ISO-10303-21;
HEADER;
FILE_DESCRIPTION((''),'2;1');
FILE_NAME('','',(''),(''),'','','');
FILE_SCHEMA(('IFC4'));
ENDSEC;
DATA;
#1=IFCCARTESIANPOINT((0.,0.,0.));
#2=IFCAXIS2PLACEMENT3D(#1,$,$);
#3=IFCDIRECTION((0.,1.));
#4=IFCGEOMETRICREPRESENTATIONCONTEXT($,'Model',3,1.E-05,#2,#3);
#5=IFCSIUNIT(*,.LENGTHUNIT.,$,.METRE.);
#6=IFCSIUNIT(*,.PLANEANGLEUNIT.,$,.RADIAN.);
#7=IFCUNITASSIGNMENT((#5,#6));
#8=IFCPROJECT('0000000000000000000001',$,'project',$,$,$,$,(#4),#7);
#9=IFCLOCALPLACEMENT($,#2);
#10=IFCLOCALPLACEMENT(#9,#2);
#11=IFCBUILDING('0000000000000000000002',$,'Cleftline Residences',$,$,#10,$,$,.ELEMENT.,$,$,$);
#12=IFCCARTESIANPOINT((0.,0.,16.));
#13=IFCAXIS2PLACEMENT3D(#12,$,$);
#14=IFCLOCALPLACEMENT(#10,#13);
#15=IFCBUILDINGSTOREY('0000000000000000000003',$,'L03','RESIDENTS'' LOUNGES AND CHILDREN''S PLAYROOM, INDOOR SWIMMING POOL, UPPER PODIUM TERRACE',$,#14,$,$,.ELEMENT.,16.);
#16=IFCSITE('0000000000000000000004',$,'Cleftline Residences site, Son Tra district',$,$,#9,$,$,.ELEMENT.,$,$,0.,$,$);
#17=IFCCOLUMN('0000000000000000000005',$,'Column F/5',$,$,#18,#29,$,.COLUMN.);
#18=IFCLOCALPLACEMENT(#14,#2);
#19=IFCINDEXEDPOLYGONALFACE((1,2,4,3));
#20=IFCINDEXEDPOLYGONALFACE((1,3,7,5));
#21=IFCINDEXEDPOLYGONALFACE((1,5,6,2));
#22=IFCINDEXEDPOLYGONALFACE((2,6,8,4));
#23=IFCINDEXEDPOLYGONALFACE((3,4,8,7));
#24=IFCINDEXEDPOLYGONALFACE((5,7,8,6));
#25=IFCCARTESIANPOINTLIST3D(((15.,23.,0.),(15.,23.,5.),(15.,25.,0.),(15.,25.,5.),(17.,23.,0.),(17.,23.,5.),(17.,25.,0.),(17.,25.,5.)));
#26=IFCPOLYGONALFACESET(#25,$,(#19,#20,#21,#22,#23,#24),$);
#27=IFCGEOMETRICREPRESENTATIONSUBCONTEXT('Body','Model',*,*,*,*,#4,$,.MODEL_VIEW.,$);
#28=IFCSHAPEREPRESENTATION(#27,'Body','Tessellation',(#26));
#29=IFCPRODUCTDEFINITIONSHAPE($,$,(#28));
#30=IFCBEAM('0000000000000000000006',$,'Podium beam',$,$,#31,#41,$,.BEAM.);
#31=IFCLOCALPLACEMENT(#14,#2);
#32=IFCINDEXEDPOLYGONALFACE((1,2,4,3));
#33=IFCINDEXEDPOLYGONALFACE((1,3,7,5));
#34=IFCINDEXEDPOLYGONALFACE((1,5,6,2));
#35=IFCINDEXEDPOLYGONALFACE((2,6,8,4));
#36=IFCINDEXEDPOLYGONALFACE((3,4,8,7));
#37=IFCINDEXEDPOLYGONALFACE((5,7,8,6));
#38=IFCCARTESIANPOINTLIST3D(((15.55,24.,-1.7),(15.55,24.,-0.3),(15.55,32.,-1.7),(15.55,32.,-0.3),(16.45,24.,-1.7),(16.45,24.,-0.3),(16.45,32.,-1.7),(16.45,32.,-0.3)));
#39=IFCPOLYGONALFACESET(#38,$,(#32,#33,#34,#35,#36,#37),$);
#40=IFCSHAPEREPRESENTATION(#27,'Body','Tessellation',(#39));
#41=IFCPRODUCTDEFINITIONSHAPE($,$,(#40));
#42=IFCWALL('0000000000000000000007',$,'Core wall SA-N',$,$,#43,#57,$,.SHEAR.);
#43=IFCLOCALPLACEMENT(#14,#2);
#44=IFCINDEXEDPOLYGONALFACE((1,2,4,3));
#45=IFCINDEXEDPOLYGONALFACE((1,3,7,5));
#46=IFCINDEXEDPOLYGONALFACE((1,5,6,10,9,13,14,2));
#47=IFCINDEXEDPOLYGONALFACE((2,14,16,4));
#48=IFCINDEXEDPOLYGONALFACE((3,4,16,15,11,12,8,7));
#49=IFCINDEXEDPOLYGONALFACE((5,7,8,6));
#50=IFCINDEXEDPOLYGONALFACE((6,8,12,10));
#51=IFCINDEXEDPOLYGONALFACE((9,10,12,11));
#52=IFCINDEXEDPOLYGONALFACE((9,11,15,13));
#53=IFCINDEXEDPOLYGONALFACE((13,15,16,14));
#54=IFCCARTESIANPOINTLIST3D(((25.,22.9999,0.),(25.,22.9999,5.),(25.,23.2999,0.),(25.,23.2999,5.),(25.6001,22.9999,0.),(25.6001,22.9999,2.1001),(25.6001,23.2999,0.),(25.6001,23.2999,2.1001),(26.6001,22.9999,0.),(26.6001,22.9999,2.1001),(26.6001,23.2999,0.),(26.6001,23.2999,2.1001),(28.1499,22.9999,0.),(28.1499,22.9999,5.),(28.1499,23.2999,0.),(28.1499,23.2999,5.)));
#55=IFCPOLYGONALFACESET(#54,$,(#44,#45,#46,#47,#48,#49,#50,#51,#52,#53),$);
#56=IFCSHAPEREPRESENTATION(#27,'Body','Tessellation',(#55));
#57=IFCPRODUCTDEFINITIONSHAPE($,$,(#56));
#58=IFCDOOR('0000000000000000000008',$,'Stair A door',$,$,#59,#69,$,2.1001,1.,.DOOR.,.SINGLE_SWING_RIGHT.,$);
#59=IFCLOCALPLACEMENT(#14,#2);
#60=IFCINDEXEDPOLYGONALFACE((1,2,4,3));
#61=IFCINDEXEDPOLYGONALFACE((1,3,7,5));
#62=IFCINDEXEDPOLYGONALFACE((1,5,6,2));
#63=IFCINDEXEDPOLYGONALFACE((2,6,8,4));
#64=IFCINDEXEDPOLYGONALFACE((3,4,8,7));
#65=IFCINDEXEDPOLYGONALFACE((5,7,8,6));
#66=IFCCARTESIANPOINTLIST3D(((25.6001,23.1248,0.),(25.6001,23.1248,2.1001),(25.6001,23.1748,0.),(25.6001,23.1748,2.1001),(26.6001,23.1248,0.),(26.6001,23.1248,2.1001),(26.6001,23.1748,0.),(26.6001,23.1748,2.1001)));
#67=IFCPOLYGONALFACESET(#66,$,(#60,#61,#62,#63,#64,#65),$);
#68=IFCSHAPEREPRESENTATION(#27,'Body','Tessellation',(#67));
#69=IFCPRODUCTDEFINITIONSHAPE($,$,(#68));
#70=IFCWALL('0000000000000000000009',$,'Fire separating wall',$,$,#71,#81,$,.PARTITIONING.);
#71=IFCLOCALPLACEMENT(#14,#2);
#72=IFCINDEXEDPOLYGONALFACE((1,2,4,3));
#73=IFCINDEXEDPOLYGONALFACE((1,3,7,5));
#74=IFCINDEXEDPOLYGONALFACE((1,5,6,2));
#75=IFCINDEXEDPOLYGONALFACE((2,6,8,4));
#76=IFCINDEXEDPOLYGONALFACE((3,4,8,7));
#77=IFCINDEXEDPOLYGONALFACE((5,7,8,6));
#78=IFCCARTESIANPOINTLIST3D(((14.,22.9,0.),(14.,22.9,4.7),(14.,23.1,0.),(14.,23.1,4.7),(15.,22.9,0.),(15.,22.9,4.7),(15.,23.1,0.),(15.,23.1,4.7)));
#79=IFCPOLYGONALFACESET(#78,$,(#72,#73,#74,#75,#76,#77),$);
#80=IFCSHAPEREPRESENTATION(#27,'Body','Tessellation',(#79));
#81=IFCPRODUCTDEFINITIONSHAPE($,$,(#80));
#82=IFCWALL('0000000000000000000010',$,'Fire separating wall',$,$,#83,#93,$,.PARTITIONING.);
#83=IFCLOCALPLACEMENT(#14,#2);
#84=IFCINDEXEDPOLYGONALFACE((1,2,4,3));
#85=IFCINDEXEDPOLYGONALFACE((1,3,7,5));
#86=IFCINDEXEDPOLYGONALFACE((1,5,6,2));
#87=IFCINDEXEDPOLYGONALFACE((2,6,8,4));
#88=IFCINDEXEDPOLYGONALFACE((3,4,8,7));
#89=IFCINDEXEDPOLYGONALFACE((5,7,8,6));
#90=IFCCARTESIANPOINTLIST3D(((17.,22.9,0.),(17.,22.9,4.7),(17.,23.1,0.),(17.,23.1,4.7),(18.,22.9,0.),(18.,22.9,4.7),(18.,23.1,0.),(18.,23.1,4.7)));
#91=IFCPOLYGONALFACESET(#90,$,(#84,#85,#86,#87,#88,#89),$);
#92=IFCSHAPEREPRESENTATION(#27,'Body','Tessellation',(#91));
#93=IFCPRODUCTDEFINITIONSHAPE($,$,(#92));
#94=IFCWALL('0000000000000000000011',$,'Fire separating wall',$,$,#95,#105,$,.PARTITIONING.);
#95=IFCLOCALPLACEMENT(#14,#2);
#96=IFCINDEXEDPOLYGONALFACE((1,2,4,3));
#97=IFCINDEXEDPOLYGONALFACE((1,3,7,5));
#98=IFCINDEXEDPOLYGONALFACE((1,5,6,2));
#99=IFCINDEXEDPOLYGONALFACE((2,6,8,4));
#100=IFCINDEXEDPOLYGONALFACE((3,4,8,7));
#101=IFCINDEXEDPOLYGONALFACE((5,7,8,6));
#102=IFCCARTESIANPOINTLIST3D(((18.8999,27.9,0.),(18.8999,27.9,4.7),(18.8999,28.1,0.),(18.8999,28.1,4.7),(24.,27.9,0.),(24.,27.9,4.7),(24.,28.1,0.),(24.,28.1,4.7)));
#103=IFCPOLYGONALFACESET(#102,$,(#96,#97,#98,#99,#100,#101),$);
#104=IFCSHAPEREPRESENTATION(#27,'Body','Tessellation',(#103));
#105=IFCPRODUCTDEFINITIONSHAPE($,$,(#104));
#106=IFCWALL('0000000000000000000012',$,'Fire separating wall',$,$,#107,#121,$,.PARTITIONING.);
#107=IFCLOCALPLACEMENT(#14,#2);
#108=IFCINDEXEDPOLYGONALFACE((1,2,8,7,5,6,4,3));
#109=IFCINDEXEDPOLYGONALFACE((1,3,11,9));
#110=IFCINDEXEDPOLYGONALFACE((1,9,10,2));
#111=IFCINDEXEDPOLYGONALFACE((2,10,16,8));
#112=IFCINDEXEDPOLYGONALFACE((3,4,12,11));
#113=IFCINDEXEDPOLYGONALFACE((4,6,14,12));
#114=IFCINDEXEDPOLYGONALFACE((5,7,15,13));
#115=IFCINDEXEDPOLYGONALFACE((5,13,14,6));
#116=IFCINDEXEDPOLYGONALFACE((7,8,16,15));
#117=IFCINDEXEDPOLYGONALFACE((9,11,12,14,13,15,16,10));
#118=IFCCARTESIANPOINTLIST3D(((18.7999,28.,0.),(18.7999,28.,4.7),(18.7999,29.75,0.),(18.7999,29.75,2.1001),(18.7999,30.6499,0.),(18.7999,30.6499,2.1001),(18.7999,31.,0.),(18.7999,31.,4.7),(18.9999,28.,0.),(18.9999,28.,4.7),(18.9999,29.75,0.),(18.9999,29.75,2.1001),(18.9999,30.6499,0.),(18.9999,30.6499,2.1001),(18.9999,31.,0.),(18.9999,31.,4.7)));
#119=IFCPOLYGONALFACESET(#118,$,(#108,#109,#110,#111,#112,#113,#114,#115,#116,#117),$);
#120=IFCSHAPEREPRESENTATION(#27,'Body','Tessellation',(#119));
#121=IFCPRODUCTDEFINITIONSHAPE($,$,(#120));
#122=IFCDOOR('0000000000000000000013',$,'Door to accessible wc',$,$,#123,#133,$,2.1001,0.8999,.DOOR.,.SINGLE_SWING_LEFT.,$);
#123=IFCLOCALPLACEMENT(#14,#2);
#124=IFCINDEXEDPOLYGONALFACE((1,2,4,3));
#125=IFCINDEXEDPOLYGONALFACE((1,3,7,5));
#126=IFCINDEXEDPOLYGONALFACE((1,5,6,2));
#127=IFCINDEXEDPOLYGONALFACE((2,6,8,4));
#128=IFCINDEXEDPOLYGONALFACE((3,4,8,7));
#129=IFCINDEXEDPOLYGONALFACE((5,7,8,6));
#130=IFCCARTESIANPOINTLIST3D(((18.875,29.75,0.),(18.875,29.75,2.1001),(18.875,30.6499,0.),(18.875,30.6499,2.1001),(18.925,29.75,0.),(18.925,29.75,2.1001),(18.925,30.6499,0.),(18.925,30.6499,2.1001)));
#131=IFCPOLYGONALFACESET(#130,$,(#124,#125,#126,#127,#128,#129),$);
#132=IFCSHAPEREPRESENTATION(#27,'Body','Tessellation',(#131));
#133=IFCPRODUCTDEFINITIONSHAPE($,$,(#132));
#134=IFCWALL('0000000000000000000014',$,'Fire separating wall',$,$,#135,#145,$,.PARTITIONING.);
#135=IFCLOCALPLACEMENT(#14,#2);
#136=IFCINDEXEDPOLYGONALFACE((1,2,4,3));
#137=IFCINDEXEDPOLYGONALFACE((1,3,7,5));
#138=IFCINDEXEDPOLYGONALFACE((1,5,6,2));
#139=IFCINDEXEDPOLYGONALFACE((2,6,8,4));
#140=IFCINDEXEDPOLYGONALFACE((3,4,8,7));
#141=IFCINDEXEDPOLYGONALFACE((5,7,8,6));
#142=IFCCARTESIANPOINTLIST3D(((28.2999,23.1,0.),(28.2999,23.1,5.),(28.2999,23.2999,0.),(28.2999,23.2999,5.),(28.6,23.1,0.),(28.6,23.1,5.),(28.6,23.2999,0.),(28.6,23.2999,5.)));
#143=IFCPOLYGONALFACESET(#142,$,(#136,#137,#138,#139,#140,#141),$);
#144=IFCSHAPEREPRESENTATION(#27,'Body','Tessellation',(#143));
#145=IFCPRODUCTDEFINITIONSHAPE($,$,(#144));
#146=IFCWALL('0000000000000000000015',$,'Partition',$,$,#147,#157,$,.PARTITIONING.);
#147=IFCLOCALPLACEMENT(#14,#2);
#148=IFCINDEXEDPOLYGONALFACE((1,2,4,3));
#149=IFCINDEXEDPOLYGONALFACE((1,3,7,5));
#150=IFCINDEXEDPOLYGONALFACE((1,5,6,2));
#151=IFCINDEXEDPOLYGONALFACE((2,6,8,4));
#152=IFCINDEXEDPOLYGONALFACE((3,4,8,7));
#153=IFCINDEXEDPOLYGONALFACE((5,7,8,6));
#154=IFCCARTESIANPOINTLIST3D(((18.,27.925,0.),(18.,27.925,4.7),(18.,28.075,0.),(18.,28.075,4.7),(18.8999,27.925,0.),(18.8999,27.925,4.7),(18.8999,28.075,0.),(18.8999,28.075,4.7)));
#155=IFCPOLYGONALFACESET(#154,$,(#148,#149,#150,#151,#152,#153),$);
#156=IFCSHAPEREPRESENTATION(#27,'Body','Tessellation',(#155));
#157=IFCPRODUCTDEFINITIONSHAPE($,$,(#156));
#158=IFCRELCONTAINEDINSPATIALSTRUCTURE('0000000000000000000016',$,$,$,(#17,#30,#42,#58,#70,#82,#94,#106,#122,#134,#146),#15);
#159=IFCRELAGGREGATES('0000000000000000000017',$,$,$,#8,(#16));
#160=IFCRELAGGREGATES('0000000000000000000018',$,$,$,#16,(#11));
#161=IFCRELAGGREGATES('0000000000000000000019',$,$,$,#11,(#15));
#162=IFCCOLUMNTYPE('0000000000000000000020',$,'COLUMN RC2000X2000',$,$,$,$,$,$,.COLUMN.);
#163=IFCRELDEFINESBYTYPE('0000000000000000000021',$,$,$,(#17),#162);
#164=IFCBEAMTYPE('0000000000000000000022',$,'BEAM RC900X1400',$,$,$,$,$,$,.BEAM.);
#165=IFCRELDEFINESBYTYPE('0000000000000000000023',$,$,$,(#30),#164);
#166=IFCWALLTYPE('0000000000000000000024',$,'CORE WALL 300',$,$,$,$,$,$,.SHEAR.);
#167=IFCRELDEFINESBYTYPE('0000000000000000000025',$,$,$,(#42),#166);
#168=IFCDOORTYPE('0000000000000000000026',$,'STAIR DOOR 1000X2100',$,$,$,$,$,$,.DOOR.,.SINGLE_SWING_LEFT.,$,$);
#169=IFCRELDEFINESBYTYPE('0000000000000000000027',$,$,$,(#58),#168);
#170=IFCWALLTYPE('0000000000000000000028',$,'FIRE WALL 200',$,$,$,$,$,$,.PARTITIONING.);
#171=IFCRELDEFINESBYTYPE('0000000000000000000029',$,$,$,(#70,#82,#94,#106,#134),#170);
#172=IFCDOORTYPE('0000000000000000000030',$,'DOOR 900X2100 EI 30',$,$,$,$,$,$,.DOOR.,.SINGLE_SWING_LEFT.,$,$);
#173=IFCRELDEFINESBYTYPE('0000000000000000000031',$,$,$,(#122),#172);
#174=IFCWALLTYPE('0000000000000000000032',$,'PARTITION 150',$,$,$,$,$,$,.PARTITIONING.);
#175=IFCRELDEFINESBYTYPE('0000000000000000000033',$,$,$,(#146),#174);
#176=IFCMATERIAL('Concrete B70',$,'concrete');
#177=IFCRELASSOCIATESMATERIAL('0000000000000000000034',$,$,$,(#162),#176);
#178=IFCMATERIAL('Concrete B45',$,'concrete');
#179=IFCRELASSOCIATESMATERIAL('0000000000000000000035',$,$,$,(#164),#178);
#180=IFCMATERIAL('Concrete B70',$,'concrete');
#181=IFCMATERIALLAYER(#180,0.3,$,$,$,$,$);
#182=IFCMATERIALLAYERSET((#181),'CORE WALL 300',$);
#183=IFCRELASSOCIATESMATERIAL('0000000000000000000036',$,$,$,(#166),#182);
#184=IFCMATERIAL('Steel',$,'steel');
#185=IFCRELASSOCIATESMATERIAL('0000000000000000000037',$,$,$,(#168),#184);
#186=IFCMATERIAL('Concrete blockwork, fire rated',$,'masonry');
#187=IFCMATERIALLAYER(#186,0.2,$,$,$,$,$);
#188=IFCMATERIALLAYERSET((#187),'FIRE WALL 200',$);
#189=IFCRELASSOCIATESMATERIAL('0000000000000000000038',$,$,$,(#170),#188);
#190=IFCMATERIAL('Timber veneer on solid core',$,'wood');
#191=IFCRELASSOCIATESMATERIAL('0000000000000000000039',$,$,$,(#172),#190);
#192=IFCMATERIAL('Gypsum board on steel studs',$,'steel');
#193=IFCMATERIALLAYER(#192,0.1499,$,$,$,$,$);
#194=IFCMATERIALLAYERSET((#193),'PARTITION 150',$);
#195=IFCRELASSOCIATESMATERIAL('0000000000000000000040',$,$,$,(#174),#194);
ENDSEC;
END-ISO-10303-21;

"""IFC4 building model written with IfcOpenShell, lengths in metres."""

from ifc_helpers import new_model, si_unit, direction, frame, frame_2d, origin, origin_2d, place, context, subcontext, project, spatial, rectangle, extrude, material, layer, layer_set, material_profile, profile_set, type_object, element, fill, save


model = new_model("IFC4")

# Units and contexts
model_context = context("Model", 3, precision=1e-05, world=origin(), true_north=direction((0.0, 1.0)))
body_context = subcontext(model_context, "Body", "Model", "MODEL_VIEW")
ifc_project = project(units=[si_unit("LENGTHUNIT", "METRE"), si_unit("PLANEANGLEUNIT", "RADIAN")], contexts=[model_context])

# Site, building, storey
site_placement = place(None, origin())
site = spatial("IfcSite", under=ifc_project, at=site_placement, Name="Cleftline Residences site, Son Tra district", CompositionType="ELEMENT", RefElevation=0.0)
building_placement = place(site_placement, origin())
building = spatial("IfcBuilding", under=site, at=building_placement, Name="Cleftline Residences", CompositionType="ELEMENT")
storey_placement = place(building_placement, frame((0.0, 0.0, 16.0)))
storey = spatial("IfcBuildingStorey", under=building, at=storey_placement, Name="L03", Description="RESIDENTS' LOUNGES AND CHILDREN'S PLAYROOM, INDOOR SWIMMING POOL, UPPER PODIUM TERRACE", CompositionType="ELEMENT", Elevation=16.0)

# Column
ifc_material_1 = material(Name="Concrete B70", Category="concrete")
ifc_material_profile_1 = material_profile(ifc_material_1, rectangle(XDim=2.0, YDim=2.0, at=origin_2d()))
ifc_profile_set_1 = profile_set([ifc_material_profile_1], Name="Concrete B70")
column_type = type_object("IfcColumnType", Name="COLUMN RC2000X2000", PredefinedType="COLUMN", material=ifc_profile_set_1)
column_placement = place(storey_placement, frame((16.0, 24.0, 0.0), z_axis=(0.0, 0.0, 1.0), x_axis=(1.0, 0.0, 0.0)))
element("IfcColumn", 1, at=column_placement, inside=storey, type_object=column_type, Name="Column F/5", PredefinedType="COLUMN", context=body_context, shape_type="SweptSolid", body=[
    extrude(rectangle(XDim=2.0, YDim=2.0, at=origin_2d()), origin(), (0.0, 0.0, 1.0), 5.0),
])

# Beam
ifc_material_2 = material(Name="Concrete B45", Category="concrete")
ifc_material_profile_2 = material_profile(ifc_material_2, rectangle(XDim=0.8999, YDim=1.3999, at=origin_2d()))
ifc_profile_set_2 = profile_set([ifc_material_profile_2], Name="Concrete B45")
beam_type = type_object("IfcBeamType", Name="BEAM RC900X1400", PredefinedType="BEAM", material=ifc_profile_set_2)
beam_placement = place(storey_placement, frame((16.0, 24.0, -1.0), z_axis=(0.0, 1.0, 0.0), x_axis=(-1.0, 0.0, 0.0)))
element("IfcBeam", 2, at=beam_placement, inside=storey, type_object=beam_type, Name="Podium beam", PredefinedType="BEAM", context=body_context, shape_type="SweptSolid", body=[
    extrude(rectangle(XDim=0.8999, YDim=1.3999, at=origin_2d()), origin(), (0.0, 0.0, 1.0), 8.0),
])

# Wall, opening, door
ifc_material_3 = material(Name="Concrete B70", Category="concrete")
ifc_layer_1 = layer(ifc_material_3, 0.3)
ifc_layer_set_1 = layer_set([ifc_layer_1], Name="CORE WALL 300")
wall_type_1 = type_object("IfcWallType", Name="CORE WALL 300", PredefinedType="SHEAR", material=ifc_layer_set_1)
wall_1_placement = place(storey_placement, frame((25.0, 23.1499, 0.0), z_axis=(0.0, 0.0, 1.0), x_axis=(1.0, 0.0, 0.0)))
wall_1 = element("IfcWall", 3, at=wall_1_placement, inside=storey, type_object=wall_type_1, Name="Core wall SA-N", PredefinedType="SHEAR", context=body_context, shape_type="SweptSolid", body=[
    extrude(rectangle(XDim=3.1499, YDim=0.3, at=frame_2d((1.575, 0.0))), origin(), (0.0, 0.0, 1.0), 5.0),
])
opening_1_placement = place(wall_1_placement, frame((0.6001, 0.0, 0.0)))
opening_1 = element("IfcOpeningElement", 4, at=opening_1_placement, cuts=wall_1, PredefinedType="OPENING", context=body_context, shape_type="SweptSolid", body=[
    extrude(rectangle(XDim=1.0, YDim=2.1001, at=frame_2d((0.5, 1.05))), frame((0.0, 0.1599, 0.0), z_axis=(0.0, -1.0, 0.0), x_axis=(1.0, 0.0, 0.0)), (0.0, 0.0, 1.0), 0.3201),
])
ifc_material_4 = material(Name="Steel", Category="steel")
door_type_1 = type_object("IfcDoorType", Name="STAIR DOOR 1000X2100", OperationType="SINGLE_SWING_LEFT", PredefinedType="DOOR", material=ifc_material_4)
door_1_placement = place(opening_1_placement, origin())
door_1 = element("IfcDoor", 5, at=door_1_placement, inside=storey, type_object=door_type_1, Name="Stair A door", OperationType="SINGLE_SWING_RIGHT", OverallHeight=2.1001, OverallWidth=1.0, PredefinedType="DOOR", context=body_context, shape_type="SweptSolid", body=[
    extrude(rectangle(XDim=1.0, YDim=2.1001, at=frame_2d((0.5, 1.05))), frame((0.0, 0.0249, 0.0), z_axis=(0.0, -1.0, 0.0), x_axis=(1.0, 0.0, 0.0)), (0.0, 0.0, 1.0), 0.05),
])
fill(opening_1, door_1)

# Walls
ifc_material_5 = material(Name="Concrete blockwork, fire rated", Category="masonry")
ifc_layer_2 = layer(ifc_material_5, 0.2)
ifc_layer_set_2 = layer_set([ifc_layer_2], Name="FIRE WALL 200")
wall_type_2 = type_object("IfcWallType", Name="FIRE WALL 200", PredefinedType="PARTITIONING", material=ifc_layer_set_2)
for number, where, z_axis, x_axis, name in (
    (6, (14.0, 23.0, 0.0), (0.0, 0.0, 1.0), (1.0, 0.0, 0.0), "Fire separating wall"),
    (7, (17.0, 23.0, 0.0), (0.0, 0.0, 1.0), (1.0, 0.0, 0.0), "Fire separating wall"),
):
    element("IfcWall", number, at=place(storey_placement, frame(where, z_axis=z_axis, x_axis=x_axis)), inside=storey, type_object=wall_type_2, Name=name, PredefinedType="PARTITIONING", context=body_context, shape_type="SweptSolid", body=[
        extrude(rectangle(XDim=1.0, YDim=0.2, at=frame_2d((0.5, 0.0))), origin(), (0.0, 0.0, 1.0), 4.7),
    ])
wall_2_placement = place(storey_placement, frame((18.8999, 28.0, 0.0), z_axis=(0.0, 0.0, 1.0), x_axis=(1.0, 0.0, 0.0)))
element("IfcWall", 8, at=wall_2_placement, inside=storey, type_object=wall_type_2, Name="Fire separating wall", PredefinedType="PARTITIONING", context=body_context, shape_type="SweptSolid", body=[
    extrude(rectangle(XDim=5.1001, YDim=0.2, at=frame_2d((2.55, 0.0))), origin(), (0.0, 0.0, 1.0), 4.7),
])

# Wall, opening, door
wall_3_placement = place(storey_placement, frame((18.8999, 28.0, 0.0), z_axis=(0.0, 0.0, 1.0), x_axis=(0.0, 1.0, 0.0)))
wall_3 = element("IfcWall", 9, at=wall_3_placement, inside=storey, type_object=wall_type_2, Name="Fire separating wall", PredefinedType="PARTITIONING", context=body_context, shape_type="SweptSolid", body=[
    extrude(rectangle(XDim=3.0, YDim=0.2, at=frame_2d((1.5, 0.0))), origin(), (0.0, 0.0, 1.0), 4.7),
])
opening_2_placement = place(wall_3_placement, frame((1.75, 0.0, 0.0)))
opening_2 = element("IfcOpeningElement", 10, at=opening_2_placement, cuts=wall_3, PredefinedType="OPENING", context=body_context, shape_type="SweptSolid", body=[
    extrude(rectangle(XDim=0.8999, YDim=2.1001, at=frame_2d((0.45, 1.05))), frame((0.0, 0.1099, 0.0), z_axis=(0.0, -1.0, 0.0), x_axis=(1.0, 0.0, 0.0)), (0.0, 0.0, 1.0), 0.22),
])
ifc_material_6 = material(Name="Timber veneer on solid core", Category="wood")
door_type_2 = type_object("IfcDoorType", Name="DOOR 900X2100 EI 30", OperationType="SINGLE_SWING_LEFT", PredefinedType="DOOR", material=ifc_material_6)
door_2_placement = place(opening_2_placement, origin())
door_2 = element("IfcDoor", 11, at=door_2_placement, inside=storey, type_object=door_type_2, Name="Door to accessible wc", OperationType="SINGLE_SWING_LEFT", OverallHeight=2.1001, OverallWidth=0.8999, PredefinedType="DOOR", context=body_context, shape_type="SweptSolid", body=[
    extrude(rectangle(XDim=0.8999, YDim=2.1001, at=frame_2d((0.45, 1.05))), frame((0.0, 0.0249, 0.0), z_axis=(0.0, -1.0, 0.0), x_axis=(1.0, 0.0, 0.0)), (0.0, 0.0, 1.0), 0.05),
])
fill(opening_2, door_2)

# Walls
wall_4_placement = place(storey_placement, frame((28.3, 23.2, 0.0), z_axis=(0.0, 0.0, 1.0), x_axis=(1.0, 0.0, 0.0)))
element("IfcWall", 12, at=wall_4_placement, inside=storey, type_object=wall_type_2, Name="Fire separating wall", PredefinedType="PARTITIONING", context=body_context, shape_type="SweptSolid", body=[
    extrude(rectangle(XDim=0.3, YDim=0.2, at=frame_2d((0.1499, 0.0))), origin(), (0.0, 0.0, 1.0), 5.0),
])
ifc_material_7 = material(Name="Gypsum board on steel studs", Category="steel")
ifc_layer_3 = layer(ifc_material_7, 0.1499)
ifc_layer_set_3 = layer_set([ifc_layer_3], Name="PARTITION 150")
wall_type_3 = type_object("IfcWallType", Name="PARTITION 150", PredefinedType="PARTITIONING", material=ifc_layer_set_3)
wall_5_placement = place(storey_placement, frame((18.0, 28.0, 0.0), z_axis=(0.0, 0.0, 1.0), x_axis=(1.0, 0.0, 0.0)))
element("IfcWall", 13, at=wall_5_placement, inside=storey, type_object=wall_type_3, Name="Partition", PredefinedType="PARTITIONING", context=body_context, shape_type="SweptSolid", body=[
    extrude(rectangle(XDim=0.8999, YDim=0.1499, at=frame_2d((0.45, 0.0))), origin(), (0.0, 0.0, 1.0), 4.7),
])

save(model, "model.ifc")
